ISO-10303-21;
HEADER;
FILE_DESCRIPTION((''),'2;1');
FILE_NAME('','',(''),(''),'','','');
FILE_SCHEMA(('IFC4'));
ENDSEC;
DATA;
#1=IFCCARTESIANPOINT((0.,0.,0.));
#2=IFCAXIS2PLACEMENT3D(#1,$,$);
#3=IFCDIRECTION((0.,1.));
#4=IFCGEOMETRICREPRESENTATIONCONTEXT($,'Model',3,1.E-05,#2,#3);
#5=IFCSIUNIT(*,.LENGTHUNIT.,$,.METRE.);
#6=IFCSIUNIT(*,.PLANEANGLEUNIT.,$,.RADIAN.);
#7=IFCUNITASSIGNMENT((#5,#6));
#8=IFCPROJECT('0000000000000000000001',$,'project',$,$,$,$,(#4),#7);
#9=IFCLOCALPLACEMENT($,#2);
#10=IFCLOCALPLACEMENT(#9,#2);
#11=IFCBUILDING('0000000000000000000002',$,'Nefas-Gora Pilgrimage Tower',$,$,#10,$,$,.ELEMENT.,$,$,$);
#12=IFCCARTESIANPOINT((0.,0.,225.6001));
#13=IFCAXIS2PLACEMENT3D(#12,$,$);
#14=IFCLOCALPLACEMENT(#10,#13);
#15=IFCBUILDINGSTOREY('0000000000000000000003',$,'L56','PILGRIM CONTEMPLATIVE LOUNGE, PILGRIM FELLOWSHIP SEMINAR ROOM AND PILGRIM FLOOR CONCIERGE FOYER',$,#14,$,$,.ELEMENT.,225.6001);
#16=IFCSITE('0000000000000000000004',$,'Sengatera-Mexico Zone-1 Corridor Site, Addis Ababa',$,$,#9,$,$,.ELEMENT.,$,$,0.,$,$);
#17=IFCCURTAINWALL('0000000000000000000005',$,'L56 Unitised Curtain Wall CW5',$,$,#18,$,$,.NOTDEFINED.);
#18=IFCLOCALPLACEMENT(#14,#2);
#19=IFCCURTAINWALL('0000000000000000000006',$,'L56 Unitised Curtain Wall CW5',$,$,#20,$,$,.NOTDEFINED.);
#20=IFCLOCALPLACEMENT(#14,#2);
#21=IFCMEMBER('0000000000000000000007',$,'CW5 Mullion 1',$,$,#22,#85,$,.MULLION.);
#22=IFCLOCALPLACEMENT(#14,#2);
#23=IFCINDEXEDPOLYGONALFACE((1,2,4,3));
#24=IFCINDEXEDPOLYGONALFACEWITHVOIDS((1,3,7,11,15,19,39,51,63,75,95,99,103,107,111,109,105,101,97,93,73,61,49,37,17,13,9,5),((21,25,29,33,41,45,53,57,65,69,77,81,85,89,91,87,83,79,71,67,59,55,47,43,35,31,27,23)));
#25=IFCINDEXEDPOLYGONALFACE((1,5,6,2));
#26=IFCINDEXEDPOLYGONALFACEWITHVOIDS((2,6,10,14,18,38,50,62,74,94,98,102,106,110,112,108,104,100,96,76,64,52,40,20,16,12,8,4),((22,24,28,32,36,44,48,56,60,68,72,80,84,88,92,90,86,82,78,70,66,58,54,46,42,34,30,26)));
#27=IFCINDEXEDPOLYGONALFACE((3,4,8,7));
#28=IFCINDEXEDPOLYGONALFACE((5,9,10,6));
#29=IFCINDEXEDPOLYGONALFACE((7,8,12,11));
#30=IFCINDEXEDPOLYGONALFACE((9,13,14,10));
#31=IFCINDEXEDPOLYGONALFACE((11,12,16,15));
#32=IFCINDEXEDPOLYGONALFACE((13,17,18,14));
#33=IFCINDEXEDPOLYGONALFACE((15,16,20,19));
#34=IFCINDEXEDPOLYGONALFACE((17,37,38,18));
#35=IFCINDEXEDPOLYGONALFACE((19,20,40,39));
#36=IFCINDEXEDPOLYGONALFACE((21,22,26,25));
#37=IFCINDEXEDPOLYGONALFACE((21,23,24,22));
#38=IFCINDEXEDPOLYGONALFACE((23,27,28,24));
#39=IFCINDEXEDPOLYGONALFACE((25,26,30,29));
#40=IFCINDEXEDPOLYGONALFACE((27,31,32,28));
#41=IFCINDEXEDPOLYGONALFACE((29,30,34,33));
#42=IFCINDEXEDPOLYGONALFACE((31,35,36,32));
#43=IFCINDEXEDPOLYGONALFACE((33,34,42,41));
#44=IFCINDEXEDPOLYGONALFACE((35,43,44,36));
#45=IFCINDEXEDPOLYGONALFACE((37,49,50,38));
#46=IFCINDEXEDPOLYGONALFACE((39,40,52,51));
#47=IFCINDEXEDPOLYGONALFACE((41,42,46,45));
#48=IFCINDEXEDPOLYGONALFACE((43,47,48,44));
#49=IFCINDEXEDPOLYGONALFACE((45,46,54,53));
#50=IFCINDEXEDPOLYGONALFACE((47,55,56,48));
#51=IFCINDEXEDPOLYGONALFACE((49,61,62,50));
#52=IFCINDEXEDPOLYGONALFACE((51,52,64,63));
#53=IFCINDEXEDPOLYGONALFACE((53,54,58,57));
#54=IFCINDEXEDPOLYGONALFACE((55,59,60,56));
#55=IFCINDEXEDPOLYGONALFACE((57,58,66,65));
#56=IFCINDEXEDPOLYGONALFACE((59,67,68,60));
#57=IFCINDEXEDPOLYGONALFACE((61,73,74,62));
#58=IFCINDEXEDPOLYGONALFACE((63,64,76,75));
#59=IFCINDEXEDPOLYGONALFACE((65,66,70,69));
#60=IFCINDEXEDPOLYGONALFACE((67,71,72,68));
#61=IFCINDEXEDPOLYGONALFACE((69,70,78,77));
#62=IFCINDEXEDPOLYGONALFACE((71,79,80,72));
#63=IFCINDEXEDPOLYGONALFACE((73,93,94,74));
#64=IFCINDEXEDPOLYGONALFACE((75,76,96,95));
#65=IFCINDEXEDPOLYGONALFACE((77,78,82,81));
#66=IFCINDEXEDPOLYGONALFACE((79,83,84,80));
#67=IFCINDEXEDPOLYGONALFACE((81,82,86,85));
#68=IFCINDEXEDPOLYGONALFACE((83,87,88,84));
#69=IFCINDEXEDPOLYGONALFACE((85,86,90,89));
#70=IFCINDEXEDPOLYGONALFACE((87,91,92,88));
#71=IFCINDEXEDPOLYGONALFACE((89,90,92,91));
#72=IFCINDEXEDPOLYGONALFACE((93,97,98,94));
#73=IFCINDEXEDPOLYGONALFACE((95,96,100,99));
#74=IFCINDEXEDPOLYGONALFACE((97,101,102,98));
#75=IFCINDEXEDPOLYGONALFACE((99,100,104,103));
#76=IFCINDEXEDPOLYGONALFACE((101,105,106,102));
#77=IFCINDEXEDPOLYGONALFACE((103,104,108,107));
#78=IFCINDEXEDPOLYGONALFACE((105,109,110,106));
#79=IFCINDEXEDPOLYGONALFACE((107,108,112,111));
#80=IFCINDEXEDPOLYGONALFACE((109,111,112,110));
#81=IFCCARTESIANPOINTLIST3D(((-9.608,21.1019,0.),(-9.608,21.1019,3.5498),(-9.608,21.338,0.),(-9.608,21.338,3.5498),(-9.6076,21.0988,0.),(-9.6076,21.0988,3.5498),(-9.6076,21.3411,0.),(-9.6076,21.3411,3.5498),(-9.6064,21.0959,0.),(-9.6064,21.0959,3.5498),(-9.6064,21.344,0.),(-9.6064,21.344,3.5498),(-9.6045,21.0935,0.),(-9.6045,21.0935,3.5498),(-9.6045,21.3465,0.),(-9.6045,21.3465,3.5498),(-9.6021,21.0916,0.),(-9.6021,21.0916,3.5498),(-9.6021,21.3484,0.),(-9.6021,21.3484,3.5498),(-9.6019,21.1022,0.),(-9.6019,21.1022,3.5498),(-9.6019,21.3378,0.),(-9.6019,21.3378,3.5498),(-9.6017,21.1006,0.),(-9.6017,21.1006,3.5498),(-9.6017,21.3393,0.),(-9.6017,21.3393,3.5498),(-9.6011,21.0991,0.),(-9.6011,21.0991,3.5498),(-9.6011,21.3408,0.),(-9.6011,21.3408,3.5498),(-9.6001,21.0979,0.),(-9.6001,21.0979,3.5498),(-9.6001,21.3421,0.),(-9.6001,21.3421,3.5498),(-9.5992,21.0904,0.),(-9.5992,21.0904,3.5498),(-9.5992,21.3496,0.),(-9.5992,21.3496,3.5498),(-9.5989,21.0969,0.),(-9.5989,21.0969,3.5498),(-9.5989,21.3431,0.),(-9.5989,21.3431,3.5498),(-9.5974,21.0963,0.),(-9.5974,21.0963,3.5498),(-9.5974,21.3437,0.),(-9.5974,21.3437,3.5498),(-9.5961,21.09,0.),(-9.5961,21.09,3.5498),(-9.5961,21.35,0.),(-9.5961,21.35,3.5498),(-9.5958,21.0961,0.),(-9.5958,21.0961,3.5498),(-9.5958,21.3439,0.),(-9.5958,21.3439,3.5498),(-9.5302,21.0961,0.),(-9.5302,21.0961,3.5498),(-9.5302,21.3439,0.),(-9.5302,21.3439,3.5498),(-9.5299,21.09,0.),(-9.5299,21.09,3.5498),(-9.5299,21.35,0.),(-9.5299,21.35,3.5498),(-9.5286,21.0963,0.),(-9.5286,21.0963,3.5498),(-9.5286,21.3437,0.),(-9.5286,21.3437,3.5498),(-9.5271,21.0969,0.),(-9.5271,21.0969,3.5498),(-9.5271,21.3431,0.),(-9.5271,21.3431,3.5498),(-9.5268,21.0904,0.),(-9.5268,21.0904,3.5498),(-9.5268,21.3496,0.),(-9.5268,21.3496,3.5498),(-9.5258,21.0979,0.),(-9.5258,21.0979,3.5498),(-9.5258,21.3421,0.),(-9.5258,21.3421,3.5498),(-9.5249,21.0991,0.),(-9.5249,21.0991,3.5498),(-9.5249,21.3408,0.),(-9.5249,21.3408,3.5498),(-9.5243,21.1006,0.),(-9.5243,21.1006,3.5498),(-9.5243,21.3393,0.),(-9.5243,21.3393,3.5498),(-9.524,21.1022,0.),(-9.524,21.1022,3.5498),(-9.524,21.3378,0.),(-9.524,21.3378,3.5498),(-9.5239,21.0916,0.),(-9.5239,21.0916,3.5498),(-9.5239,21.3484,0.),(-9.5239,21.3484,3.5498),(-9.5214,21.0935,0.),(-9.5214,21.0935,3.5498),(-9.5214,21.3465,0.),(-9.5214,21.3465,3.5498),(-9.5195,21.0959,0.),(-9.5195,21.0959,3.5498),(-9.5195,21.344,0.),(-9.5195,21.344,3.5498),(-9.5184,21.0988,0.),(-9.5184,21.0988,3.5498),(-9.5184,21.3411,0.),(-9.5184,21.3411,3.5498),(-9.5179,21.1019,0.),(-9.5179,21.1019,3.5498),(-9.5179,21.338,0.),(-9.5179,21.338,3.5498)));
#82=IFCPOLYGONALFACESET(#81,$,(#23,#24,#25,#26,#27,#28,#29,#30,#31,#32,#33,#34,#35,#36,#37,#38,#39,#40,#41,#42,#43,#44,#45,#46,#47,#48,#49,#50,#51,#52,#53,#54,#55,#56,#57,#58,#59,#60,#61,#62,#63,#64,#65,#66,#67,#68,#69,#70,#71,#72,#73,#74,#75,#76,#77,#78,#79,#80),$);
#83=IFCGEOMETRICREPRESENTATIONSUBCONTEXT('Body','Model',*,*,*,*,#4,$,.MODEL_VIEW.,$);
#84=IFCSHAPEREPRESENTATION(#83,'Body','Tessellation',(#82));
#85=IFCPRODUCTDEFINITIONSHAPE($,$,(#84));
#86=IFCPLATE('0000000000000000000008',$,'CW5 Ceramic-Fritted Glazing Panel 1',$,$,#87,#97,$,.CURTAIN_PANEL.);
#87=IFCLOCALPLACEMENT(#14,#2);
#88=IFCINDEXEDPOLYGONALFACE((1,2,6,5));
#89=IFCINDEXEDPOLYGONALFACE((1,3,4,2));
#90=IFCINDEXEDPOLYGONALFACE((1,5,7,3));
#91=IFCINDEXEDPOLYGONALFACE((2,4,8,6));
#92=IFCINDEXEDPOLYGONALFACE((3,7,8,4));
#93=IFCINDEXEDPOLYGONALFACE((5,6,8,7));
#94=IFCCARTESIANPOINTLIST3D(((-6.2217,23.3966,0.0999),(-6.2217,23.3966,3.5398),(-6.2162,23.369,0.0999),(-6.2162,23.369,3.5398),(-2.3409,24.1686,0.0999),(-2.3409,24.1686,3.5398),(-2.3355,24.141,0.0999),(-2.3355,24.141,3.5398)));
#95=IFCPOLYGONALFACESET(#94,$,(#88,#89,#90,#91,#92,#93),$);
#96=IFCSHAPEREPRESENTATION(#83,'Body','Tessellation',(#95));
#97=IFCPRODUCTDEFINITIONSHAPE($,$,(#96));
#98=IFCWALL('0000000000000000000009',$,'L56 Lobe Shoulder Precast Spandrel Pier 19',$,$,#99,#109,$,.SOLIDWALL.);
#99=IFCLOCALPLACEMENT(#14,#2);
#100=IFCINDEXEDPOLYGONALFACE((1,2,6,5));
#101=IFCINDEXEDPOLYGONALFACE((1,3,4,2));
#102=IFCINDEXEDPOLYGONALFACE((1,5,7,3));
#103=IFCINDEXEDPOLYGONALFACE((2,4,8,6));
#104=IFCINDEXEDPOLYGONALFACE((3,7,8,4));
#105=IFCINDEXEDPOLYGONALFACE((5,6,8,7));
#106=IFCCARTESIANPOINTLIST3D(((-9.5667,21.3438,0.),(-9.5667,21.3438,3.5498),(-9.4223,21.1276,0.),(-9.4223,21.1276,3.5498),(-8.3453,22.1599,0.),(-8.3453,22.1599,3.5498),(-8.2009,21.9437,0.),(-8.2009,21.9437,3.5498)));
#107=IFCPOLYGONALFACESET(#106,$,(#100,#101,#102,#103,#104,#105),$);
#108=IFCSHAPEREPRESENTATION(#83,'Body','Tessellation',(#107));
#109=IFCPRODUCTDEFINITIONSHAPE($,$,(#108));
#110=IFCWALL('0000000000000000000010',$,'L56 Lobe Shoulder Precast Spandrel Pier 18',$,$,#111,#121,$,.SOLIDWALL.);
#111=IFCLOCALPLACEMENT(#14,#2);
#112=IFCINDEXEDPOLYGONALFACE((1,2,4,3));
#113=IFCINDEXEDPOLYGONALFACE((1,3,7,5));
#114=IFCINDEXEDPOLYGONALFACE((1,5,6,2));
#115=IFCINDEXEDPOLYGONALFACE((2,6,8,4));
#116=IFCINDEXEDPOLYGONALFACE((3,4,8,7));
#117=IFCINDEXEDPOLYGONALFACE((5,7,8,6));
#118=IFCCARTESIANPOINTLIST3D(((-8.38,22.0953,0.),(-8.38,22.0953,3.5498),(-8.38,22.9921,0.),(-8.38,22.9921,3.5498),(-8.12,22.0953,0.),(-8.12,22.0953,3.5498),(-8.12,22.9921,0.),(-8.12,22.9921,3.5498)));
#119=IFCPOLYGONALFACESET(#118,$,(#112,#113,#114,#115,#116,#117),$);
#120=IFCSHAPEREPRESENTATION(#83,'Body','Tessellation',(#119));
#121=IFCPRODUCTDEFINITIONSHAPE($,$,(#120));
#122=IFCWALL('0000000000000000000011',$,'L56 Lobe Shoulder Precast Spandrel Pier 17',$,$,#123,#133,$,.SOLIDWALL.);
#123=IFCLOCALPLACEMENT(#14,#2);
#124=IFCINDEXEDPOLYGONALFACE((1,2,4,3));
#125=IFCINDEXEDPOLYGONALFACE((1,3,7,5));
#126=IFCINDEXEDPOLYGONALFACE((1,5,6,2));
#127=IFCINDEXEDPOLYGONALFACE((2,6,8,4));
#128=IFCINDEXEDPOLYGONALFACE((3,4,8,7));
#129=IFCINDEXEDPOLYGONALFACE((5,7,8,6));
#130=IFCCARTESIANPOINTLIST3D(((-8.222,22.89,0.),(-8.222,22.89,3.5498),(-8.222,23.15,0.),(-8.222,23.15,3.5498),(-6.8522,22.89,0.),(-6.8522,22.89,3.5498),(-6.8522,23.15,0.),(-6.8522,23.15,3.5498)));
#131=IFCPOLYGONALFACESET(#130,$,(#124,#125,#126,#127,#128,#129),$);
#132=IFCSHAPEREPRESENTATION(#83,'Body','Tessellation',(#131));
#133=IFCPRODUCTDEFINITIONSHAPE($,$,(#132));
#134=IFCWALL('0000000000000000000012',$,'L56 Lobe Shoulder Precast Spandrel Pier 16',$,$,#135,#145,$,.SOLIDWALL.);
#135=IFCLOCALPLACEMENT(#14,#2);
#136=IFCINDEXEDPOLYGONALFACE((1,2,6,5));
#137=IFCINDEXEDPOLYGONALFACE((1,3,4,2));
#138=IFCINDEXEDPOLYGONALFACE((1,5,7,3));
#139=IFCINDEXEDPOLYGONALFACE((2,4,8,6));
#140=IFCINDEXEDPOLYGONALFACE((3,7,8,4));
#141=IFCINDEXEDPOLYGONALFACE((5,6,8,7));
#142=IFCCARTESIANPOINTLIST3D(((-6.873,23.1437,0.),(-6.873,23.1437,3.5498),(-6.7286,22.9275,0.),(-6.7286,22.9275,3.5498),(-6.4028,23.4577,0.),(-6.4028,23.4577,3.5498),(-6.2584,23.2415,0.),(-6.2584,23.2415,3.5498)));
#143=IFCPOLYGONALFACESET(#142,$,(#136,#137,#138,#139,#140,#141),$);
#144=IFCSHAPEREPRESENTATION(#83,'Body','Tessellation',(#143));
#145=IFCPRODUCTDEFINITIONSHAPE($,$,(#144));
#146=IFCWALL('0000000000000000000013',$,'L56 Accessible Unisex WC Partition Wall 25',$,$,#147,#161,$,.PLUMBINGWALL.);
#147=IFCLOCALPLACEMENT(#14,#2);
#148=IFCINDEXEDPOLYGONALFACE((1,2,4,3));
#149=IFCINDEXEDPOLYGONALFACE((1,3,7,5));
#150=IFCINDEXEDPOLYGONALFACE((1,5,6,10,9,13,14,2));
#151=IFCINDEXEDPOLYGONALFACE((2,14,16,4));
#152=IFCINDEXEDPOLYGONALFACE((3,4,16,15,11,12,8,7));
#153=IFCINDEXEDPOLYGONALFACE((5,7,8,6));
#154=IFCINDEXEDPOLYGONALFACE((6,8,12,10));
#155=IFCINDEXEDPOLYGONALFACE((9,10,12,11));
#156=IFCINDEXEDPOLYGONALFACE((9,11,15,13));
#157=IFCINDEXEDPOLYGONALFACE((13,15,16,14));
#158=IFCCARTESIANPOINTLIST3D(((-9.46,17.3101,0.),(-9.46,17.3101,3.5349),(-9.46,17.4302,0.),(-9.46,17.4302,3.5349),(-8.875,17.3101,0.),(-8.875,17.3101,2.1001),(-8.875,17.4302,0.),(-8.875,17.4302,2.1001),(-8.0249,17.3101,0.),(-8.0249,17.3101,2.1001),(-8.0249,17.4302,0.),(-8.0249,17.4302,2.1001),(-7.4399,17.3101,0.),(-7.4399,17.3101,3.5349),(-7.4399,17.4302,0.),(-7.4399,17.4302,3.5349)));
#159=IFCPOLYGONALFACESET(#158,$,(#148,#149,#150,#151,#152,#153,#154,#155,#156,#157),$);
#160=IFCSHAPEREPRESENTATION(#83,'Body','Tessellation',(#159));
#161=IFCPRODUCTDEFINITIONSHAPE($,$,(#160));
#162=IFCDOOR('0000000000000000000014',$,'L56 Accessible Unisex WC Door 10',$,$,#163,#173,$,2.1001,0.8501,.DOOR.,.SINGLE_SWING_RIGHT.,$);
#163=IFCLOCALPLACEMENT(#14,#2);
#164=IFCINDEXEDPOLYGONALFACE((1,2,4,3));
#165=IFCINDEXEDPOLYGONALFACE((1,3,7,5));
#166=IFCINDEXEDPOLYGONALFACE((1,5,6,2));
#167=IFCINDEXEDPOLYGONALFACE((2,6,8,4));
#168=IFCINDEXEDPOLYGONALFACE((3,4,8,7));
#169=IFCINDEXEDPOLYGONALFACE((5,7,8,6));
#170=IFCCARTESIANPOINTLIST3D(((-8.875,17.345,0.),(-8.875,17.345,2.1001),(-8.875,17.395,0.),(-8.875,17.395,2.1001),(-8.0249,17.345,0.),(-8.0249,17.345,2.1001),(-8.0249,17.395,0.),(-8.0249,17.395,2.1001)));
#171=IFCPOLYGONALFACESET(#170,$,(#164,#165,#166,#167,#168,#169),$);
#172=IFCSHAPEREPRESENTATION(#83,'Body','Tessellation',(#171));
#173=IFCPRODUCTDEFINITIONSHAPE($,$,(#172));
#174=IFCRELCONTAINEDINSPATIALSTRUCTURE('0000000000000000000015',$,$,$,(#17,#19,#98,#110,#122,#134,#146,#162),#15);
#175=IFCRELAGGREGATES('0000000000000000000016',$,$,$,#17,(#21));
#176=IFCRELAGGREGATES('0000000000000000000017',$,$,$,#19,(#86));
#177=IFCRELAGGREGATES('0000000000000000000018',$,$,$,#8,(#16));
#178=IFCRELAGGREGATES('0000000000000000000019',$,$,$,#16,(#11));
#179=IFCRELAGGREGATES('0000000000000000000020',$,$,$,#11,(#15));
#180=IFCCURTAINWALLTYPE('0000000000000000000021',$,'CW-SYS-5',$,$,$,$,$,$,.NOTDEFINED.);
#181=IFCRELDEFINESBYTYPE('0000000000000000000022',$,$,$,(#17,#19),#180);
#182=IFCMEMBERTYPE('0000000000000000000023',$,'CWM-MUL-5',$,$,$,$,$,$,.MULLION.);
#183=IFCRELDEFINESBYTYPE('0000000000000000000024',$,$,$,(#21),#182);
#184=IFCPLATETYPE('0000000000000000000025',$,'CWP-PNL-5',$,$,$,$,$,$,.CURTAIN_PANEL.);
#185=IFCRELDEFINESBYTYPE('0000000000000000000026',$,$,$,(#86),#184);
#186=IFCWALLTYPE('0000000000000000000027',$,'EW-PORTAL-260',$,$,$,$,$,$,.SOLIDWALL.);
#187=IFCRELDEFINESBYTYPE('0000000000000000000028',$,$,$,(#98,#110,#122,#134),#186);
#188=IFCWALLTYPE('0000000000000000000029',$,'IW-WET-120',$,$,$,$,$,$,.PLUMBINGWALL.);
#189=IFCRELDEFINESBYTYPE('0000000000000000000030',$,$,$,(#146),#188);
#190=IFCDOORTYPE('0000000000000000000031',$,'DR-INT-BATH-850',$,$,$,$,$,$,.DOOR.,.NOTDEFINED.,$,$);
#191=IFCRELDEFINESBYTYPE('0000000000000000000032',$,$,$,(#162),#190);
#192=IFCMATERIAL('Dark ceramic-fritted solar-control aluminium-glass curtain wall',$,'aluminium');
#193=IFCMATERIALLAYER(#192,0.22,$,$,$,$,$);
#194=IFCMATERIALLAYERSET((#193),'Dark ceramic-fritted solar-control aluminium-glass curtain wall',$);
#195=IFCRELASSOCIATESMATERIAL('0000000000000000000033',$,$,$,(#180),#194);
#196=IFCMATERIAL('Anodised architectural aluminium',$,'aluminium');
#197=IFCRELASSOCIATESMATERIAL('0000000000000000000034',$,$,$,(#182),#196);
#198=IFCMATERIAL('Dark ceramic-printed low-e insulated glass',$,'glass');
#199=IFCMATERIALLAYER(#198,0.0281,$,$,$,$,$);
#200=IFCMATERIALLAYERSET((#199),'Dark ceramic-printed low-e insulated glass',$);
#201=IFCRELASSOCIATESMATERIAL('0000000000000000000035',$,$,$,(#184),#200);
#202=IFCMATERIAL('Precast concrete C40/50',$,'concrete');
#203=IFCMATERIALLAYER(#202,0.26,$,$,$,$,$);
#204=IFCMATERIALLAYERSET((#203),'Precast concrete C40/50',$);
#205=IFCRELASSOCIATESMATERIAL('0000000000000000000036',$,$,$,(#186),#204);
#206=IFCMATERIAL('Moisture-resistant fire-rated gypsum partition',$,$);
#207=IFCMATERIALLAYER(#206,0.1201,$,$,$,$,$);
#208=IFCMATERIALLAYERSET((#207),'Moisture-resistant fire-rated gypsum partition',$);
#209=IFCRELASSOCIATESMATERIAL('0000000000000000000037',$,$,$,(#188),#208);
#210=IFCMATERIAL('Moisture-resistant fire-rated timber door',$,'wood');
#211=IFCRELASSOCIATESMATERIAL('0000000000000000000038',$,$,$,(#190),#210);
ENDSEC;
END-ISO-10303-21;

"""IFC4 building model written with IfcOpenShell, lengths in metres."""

from ifc_helpers import new_model, si_unit, direction, frame, frame_2d, origin, origin_2d, place, context, subcontext, project, spatial, rectangle, hollow_rectangle, extrude, source, transform, mapped, material, layer, layer_set, material_profile, profile_set, type_object, element, fill, aggregate, save


model = new_model("IFC4")

# Units and contexts
model_context = context("Model", 3, precision=1e-05, world=origin(), true_north=direction((0.0, 1.0)))
body_context = subcontext(model_context, "Body", "Model", "MODEL_VIEW")
ifc_project = project(units=[si_unit("LENGTHUNIT", "METRE"), si_unit("PLANEANGLEUNIT", "RADIAN")], contexts=[model_context])

# Site, building, storey
site_placement = place(None, origin())
site = spatial("IfcSite", under=ifc_project, at=site_placement, Name="Sengatera-Mexico Zone-1 Corridor Site, Addis Ababa", CompositionType="ELEMENT", RefElevation=0.0)
building_placement = place(site_placement, origin())
building = spatial("IfcBuilding", under=site, at=building_placement, Name="Nefas-Gora Pilgrimage Tower", CompositionType="ELEMENT")
storey_placement = place(building_placement, frame((0.0, 0.0, 225.6001)))
storey = spatial("IfcBuildingStorey", under=building, at=storey_placement, Name="L56", Description="PILGRIM CONTEMPLATIVE LOUNGE, PILGRIM FELLOWSHIP SEMINAR ROOM AND PILGRIM FLOOR CONCIERGE FOYER", CompositionType="ELEMENT", Elevation=225.6001)

# Curtain wall
ifc_material_1 = material(Name="Dark ceramic-fritted solar-control aluminium-glass curtain wall", Category="aluminium")
ifc_layer_1 = layer(ifc_material_1, 0.22)
ifc_layer_set_1 = layer_set([ifc_layer_1], Name="Dark ceramic-fritted solar-control aluminium-glass curtain wall")
curtain_wall_type = type_object("IfcCurtainWallType", Name="CW-SYS-5", PredefinedType="NOTDEFINED", material=ifc_layer_set_1)
curtain_wall_1_placement = place(storey_placement, origin())
curtain_wall_1 = element("IfcCurtainWall", 1, at=curtain_wall_1_placement, inside=storey, type_object=curtain_wall_type, Name="L56 Unitised Curtain Wall CW5", PredefinedType="NOTDEFINED")
ifc_material_2 = material(Name="Anodised architectural aluminium", Category="aluminium")

# Curtain wall
curtain_wall_2_placement = place(storey_placement, origin())
curtain_wall_2 = element("IfcCurtainWall", 2, at=curtain_wall_2_placement, inside=storey, type_object=curtain_wall_type, Name="L56 Unitised Curtain Wall CW5", PredefinedType="NOTDEFINED")
ifc_material_profile_1 = material_profile(ifc_material_2, hollow_rectangle(XDim=0.0901, YDim=0.26, WallThickness=0.0061, InnerFilletRadius=0.0061, OuterFilletRadius=0.012, at=origin_2d()), Name="ALU MULLION 90x260")
ifc_profile_set_1 = profile_set([ifc_material_profile_1], Name="Anodised architectural aluminium")
member_type_1 = type_object("IfcMemberType", Name="CWM-MUL-5", PredefinedType="MULLION", material=ifc_profile_set_1)
shared_shape_1 = source(origin(), body_context, "Body", "SweptSolid", [
    extrude(hollow_rectangle(XDim=0.0901, YDim=0.26, WallThickness=0.0061, InnerFilletRadius=0.0061, OuterFilletRadius=0.012, at=origin_2d()), origin(), (0.0, 0.0, 1.0), 3.5498),
])

# Member
member_1_placement = place(storey_placement, frame((-9.563, 21.22, 0.0), z_axis=(0.0, 0.0, 1.0), x_axis=(-1.0, 0.0, 0.0)))
member_1 = element("IfcMember", 3, at=member_1_placement, type_object=member_type_1, Name="CW5 Mullion 1", PredefinedType="MULLION", context=body_context, shape_type="MappedRepresentation", body=[
    mapped(shared_shape_1, transform((0.0, 0.0, 0.0), x_axis=(1.0, 0.0, 0.0), y_axis=(0.0, 1.0, 0.0), z_axis=(0.0, 0.0, 1.0), scale=1.0)),
])
aggregate(curtain_wall_1, [member_1])

# Plate
ifc_material_3 = material(Name="Dark ceramic-printed low-e insulated glass", Category="glass")
ifc_layer_2 = layer(ifc_material_3, 0.0281)
ifc_layer_set_2 = layer_set([ifc_layer_2], Name="Dark ceramic-printed low-e insulated glass")
plate_type = type_object("IfcPlateType", Name="CWP-PNL-5", PredefinedType="CURTAIN_PANEL", material=ifc_layer_set_2)
shared_shape_2 = source(origin(), body_context, "Body", "SweptSolid", [
    extrude(rectangle(XDim=3.9568, YDim=0.0281, at=origin_2d()), origin(), (0.0, 0.0, 1.0), 3.4399),
])
plate_placement = place(storey_placement, frame((-4.2786, 23.7688, 0.0999), z_axis=(0.0, 0.0, 1.0), x_axis=(-0.980783, -0.195102, 0.0)))
plate = element("IfcPlate", 4, at=plate_placement, type_object=plate_type, Name="CW5 Ceramic-Fritted Glazing Panel 1", PredefinedType="CURTAIN_PANEL", context=body_context, shape_type="MappedRepresentation", body=[
    mapped(shared_shape_2, transform((0.0, 0.0, 0.0), x_axis=(1.0, 0.0, 0.0), y_axis=(0.0, 1.0, 0.0), z_axis=(0.0, 0.0, 1.0), scale=1.0)),
])
aggregate(curtain_wall_2, [plate])

# Walls
ifc_material_4 = material(Name="Precast concrete C40/50", Category="concrete")
ifc_layer_3 = layer(ifc_material_4, 0.26)
ifc_layer_set_3 = layer_set([ifc_layer_3], Name="Precast concrete C40/50")
wall_type_1 = type_object("IfcWallType", Name="EW-PORTAL-260", PredefinedType="SOLIDWALL", material=ifc_layer_set_3)
shared_shape_3 = source(origin(), body_context, "Body", "SweptSolid", [
    extrude(rectangle(XDim=1.469, YDim=0.26, at=frame_2d((0.7344, 0.0))), origin(), (0.0, 0.0, 1.0), 3.5498),
])
wall_1_placement = place(storey_placement, frame((-8.2732, 22.0518, 0.0), z_axis=(0.0, 0.0, 1.0), x_axis=(-0.831462, -0.555582, 0.0)))
element("IfcWall", 5, at=wall_1_placement, inside=storey, type_object=wall_type_1, Name="L56 Lobe Shoulder Precast Spandrel Pier 19", PredefinedType="SOLIDWALL", context=body_context, shape_type="MappedRepresentation", body=[
    mapped(shared_shape_3, transform((0.0, 0.0, 0.0), x_axis=(1.0, 0.0, 0.0), y_axis=(0.0, 1.0, 0.0), z_axis=(0.0, 0.0, 1.0), scale=1.0)),
])
shared_shape_4 = source(origin(), body_context, "Body", "SweptSolid", [
    extrude(rectangle(XDim=0.8967, YDim=0.26, at=frame_2d((0.4482, 0.0))), origin(), (0.0, 0.0, 1.0), 3.5498),
])
wall_2_placement = place(storey_placement, frame((-8.25, 22.9919, 0.0), z_axis=(0.0, 0.0, 1.0), x_axis=(0.0, -1.0, 0.0)))
element("IfcWall", 6, at=wall_2_placement, inside=storey, type_object=wall_type_1, Name="L56 Lobe Shoulder Precast Spandrel Pier 18", PredefinedType="SOLIDWALL", context=body_context, shape_type="MappedRepresentation", body=[
    mapped(shared_shape_4, transform((0.0, 0.0, 0.0), x_axis=(1.0, 0.0, 0.0), y_axis=(0.0, 1.0, 0.0), z_axis=(0.0, 0.0, 1.0), scale=1.0)),
])
shared_shape_5 = source(origin(), body_context, "Body", "SweptSolid", [
    extrude(rectangle(XDim=1.3699, YDim=0.26, at=frame_2d((0.6851, 0.0))), origin(), (0.0, 0.0, 1.0), 3.5498),
])
wall_3_placement = place(storey_placement, frame((-6.8521, 23.02, 0.0), z_axis=(0.0, 0.0, 1.0), x_axis=(-1.0, 0.0, 0.0)))
element("IfcWall", 7, at=wall_3_placement, inside=storey, type_object=wall_type_1, Name="L56 Lobe Shoulder Precast Spandrel Pier 17", PredefinedType="SOLIDWALL", context=body_context, shape_type="MappedRepresentation", body=[
    mapped(shared_shape_5, transform((0.0, 0.0, 0.0), x_axis=(1.0, 0.0, 0.0), y_axis=(0.0, 1.0, 0.0), z_axis=(0.0, 0.0, 1.0), scale=1.0)),
])
shared_shape_6 = source(origin(), body_context, "Body", "SweptSolid", [
    extrude(rectangle(XDim=0.5654, YDim=0.26, at=frame_2d((0.2827, 0.0))), origin(), (0.0, 0.0, 1.0), 3.5498),
])
wall_4_placement = place(storey_placement, frame((-6.3306, 23.3496, 0.0), z_axis=(0.0, 0.0, 1.0), x_axis=(-0.831651, -0.555298, 0.0)))
element("IfcWall", 8, at=wall_4_placement, inside=storey, type_object=wall_type_1, Name="L56 Lobe Shoulder Precast Spandrel Pier 16", PredefinedType="SOLIDWALL", context=body_context, shape_type="MappedRepresentation", body=[
    mapped(shared_shape_6, transform((0.0, 0.0, 0.0), x_axis=(1.0, 0.0, 0.0), y_axis=(0.0, 1.0, 0.0), z_axis=(0.0, 0.0, 1.0), scale=1.0)),
])

# Wall, opening, door
ifc_material_5 = material(Name="Moisture-resistant fire-rated gypsum partition")
ifc_layer_4 = layer(ifc_material_5, 0.1201)
ifc_layer_set_4 = layer_set([ifc_layer_4], Name="Moisture-resistant fire-rated gypsum partition")
wall_type_2 = type_object("IfcWallType", Name="IW-WET-120", PredefinedType="PLUMBINGWALL", material=ifc_layer_set_4)
shared_shape_7 = source(origin(), body_context, "Body", "SweptSolid", [
    extrude(rectangle(XDim=2.02, YDim=0.1201, at=frame_2d((1.01, 0.0))), origin(), (0.0, 0.0, 1.0), 3.5349),
])
wall_5_placement = place(storey_placement, frame((-9.46, 17.3701, 0.0), z_axis=(0.0, 0.0, 1.0), x_axis=(1.0, 0.0, 0.0)))
wall_5 = element("IfcWall", 9, at=wall_5_placement, inside=storey, type_object=wall_type_2, Name="L56 Accessible Unisex WC Partition Wall 25", PredefinedType="PLUMBINGWALL", context=body_context, shape_type="MappedRepresentation", body=[
    mapped(shared_shape_7, transform((0.0, 0.0, 0.0), x_axis=(1.0, 0.0, 0.0), y_axis=(0.0, 1.0, 0.0), z_axis=(0.0, 0.0, 1.0), scale=1.0)),
])
opening_1_placement = place(wall_5_placement, frame((0.585, 0.0, 0.0)))
opening_1 = element("IfcOpeningElement", 10, at=opening_1_placement, cuts=wall_5, PredefinedType="OPENING", context=body_context, shape_type="SweptSolid", body=[
    extrude(rectangle(XDim=0.8501, YDim=2.1001, at=frame_2d((0.425, 1.05))), frame((0.0, 0.0701, 0.0), z_axis=(0.0, -1.0, 0.0), x_axis=(1.0, 0.0, 0.0)), (0.0, 0.0, 1.0), 0.1401),
])
ifc_material_6 = material(Name="Moisture-resistant fire-rated timber door", Category="wood")
door_type_1 = type_object("IfcDoorType", Name="DR-INT-BATH-850", OperationType="NOTDEFINED", PredefinedType="DOOR", material=ifc_material_6)
shared_shape_8 = source(origin(), body_context, "Body", "SweptSolid", [
    extrude(rectangle(XDim=0.8501, YDim=2.1001, at=frame_2d((0.425, 1.05))), frame((0.0, 0.0249, 0.0), z_axis=(0.0, -1.0, 0.0), x_axis=(1.0, 0.0, 0.0)), (0.0, 0.0, 1.0), 0.05),
])
door_1_placement = place(opening_1_placement, origin())
door_1 = element("IfcDoor", 11, at=door_1_placement, inside=storey, type_object=door_type_1, Name="L56 Accessible Unisex WC Door 10", OperationType="SINGLE_SWING_RIGHT", OverallHeight=2.1001, OverallWidth=0.8501, PredefinedType="DOOR", context=body_context, shape_type="MappedRepresentation", body=[
    mapped(shared_shape_8, transform((0.0, 0.0, 0.0), x_axis=(1.0, 0.0, 0.0), y_axis=(0.0, 1.0, 0.0), z_axis=(0.0, 0.0, 1.0), scale=1.0)),
])
fill(opening_1, door_1)

save(model, "model.ifc")
